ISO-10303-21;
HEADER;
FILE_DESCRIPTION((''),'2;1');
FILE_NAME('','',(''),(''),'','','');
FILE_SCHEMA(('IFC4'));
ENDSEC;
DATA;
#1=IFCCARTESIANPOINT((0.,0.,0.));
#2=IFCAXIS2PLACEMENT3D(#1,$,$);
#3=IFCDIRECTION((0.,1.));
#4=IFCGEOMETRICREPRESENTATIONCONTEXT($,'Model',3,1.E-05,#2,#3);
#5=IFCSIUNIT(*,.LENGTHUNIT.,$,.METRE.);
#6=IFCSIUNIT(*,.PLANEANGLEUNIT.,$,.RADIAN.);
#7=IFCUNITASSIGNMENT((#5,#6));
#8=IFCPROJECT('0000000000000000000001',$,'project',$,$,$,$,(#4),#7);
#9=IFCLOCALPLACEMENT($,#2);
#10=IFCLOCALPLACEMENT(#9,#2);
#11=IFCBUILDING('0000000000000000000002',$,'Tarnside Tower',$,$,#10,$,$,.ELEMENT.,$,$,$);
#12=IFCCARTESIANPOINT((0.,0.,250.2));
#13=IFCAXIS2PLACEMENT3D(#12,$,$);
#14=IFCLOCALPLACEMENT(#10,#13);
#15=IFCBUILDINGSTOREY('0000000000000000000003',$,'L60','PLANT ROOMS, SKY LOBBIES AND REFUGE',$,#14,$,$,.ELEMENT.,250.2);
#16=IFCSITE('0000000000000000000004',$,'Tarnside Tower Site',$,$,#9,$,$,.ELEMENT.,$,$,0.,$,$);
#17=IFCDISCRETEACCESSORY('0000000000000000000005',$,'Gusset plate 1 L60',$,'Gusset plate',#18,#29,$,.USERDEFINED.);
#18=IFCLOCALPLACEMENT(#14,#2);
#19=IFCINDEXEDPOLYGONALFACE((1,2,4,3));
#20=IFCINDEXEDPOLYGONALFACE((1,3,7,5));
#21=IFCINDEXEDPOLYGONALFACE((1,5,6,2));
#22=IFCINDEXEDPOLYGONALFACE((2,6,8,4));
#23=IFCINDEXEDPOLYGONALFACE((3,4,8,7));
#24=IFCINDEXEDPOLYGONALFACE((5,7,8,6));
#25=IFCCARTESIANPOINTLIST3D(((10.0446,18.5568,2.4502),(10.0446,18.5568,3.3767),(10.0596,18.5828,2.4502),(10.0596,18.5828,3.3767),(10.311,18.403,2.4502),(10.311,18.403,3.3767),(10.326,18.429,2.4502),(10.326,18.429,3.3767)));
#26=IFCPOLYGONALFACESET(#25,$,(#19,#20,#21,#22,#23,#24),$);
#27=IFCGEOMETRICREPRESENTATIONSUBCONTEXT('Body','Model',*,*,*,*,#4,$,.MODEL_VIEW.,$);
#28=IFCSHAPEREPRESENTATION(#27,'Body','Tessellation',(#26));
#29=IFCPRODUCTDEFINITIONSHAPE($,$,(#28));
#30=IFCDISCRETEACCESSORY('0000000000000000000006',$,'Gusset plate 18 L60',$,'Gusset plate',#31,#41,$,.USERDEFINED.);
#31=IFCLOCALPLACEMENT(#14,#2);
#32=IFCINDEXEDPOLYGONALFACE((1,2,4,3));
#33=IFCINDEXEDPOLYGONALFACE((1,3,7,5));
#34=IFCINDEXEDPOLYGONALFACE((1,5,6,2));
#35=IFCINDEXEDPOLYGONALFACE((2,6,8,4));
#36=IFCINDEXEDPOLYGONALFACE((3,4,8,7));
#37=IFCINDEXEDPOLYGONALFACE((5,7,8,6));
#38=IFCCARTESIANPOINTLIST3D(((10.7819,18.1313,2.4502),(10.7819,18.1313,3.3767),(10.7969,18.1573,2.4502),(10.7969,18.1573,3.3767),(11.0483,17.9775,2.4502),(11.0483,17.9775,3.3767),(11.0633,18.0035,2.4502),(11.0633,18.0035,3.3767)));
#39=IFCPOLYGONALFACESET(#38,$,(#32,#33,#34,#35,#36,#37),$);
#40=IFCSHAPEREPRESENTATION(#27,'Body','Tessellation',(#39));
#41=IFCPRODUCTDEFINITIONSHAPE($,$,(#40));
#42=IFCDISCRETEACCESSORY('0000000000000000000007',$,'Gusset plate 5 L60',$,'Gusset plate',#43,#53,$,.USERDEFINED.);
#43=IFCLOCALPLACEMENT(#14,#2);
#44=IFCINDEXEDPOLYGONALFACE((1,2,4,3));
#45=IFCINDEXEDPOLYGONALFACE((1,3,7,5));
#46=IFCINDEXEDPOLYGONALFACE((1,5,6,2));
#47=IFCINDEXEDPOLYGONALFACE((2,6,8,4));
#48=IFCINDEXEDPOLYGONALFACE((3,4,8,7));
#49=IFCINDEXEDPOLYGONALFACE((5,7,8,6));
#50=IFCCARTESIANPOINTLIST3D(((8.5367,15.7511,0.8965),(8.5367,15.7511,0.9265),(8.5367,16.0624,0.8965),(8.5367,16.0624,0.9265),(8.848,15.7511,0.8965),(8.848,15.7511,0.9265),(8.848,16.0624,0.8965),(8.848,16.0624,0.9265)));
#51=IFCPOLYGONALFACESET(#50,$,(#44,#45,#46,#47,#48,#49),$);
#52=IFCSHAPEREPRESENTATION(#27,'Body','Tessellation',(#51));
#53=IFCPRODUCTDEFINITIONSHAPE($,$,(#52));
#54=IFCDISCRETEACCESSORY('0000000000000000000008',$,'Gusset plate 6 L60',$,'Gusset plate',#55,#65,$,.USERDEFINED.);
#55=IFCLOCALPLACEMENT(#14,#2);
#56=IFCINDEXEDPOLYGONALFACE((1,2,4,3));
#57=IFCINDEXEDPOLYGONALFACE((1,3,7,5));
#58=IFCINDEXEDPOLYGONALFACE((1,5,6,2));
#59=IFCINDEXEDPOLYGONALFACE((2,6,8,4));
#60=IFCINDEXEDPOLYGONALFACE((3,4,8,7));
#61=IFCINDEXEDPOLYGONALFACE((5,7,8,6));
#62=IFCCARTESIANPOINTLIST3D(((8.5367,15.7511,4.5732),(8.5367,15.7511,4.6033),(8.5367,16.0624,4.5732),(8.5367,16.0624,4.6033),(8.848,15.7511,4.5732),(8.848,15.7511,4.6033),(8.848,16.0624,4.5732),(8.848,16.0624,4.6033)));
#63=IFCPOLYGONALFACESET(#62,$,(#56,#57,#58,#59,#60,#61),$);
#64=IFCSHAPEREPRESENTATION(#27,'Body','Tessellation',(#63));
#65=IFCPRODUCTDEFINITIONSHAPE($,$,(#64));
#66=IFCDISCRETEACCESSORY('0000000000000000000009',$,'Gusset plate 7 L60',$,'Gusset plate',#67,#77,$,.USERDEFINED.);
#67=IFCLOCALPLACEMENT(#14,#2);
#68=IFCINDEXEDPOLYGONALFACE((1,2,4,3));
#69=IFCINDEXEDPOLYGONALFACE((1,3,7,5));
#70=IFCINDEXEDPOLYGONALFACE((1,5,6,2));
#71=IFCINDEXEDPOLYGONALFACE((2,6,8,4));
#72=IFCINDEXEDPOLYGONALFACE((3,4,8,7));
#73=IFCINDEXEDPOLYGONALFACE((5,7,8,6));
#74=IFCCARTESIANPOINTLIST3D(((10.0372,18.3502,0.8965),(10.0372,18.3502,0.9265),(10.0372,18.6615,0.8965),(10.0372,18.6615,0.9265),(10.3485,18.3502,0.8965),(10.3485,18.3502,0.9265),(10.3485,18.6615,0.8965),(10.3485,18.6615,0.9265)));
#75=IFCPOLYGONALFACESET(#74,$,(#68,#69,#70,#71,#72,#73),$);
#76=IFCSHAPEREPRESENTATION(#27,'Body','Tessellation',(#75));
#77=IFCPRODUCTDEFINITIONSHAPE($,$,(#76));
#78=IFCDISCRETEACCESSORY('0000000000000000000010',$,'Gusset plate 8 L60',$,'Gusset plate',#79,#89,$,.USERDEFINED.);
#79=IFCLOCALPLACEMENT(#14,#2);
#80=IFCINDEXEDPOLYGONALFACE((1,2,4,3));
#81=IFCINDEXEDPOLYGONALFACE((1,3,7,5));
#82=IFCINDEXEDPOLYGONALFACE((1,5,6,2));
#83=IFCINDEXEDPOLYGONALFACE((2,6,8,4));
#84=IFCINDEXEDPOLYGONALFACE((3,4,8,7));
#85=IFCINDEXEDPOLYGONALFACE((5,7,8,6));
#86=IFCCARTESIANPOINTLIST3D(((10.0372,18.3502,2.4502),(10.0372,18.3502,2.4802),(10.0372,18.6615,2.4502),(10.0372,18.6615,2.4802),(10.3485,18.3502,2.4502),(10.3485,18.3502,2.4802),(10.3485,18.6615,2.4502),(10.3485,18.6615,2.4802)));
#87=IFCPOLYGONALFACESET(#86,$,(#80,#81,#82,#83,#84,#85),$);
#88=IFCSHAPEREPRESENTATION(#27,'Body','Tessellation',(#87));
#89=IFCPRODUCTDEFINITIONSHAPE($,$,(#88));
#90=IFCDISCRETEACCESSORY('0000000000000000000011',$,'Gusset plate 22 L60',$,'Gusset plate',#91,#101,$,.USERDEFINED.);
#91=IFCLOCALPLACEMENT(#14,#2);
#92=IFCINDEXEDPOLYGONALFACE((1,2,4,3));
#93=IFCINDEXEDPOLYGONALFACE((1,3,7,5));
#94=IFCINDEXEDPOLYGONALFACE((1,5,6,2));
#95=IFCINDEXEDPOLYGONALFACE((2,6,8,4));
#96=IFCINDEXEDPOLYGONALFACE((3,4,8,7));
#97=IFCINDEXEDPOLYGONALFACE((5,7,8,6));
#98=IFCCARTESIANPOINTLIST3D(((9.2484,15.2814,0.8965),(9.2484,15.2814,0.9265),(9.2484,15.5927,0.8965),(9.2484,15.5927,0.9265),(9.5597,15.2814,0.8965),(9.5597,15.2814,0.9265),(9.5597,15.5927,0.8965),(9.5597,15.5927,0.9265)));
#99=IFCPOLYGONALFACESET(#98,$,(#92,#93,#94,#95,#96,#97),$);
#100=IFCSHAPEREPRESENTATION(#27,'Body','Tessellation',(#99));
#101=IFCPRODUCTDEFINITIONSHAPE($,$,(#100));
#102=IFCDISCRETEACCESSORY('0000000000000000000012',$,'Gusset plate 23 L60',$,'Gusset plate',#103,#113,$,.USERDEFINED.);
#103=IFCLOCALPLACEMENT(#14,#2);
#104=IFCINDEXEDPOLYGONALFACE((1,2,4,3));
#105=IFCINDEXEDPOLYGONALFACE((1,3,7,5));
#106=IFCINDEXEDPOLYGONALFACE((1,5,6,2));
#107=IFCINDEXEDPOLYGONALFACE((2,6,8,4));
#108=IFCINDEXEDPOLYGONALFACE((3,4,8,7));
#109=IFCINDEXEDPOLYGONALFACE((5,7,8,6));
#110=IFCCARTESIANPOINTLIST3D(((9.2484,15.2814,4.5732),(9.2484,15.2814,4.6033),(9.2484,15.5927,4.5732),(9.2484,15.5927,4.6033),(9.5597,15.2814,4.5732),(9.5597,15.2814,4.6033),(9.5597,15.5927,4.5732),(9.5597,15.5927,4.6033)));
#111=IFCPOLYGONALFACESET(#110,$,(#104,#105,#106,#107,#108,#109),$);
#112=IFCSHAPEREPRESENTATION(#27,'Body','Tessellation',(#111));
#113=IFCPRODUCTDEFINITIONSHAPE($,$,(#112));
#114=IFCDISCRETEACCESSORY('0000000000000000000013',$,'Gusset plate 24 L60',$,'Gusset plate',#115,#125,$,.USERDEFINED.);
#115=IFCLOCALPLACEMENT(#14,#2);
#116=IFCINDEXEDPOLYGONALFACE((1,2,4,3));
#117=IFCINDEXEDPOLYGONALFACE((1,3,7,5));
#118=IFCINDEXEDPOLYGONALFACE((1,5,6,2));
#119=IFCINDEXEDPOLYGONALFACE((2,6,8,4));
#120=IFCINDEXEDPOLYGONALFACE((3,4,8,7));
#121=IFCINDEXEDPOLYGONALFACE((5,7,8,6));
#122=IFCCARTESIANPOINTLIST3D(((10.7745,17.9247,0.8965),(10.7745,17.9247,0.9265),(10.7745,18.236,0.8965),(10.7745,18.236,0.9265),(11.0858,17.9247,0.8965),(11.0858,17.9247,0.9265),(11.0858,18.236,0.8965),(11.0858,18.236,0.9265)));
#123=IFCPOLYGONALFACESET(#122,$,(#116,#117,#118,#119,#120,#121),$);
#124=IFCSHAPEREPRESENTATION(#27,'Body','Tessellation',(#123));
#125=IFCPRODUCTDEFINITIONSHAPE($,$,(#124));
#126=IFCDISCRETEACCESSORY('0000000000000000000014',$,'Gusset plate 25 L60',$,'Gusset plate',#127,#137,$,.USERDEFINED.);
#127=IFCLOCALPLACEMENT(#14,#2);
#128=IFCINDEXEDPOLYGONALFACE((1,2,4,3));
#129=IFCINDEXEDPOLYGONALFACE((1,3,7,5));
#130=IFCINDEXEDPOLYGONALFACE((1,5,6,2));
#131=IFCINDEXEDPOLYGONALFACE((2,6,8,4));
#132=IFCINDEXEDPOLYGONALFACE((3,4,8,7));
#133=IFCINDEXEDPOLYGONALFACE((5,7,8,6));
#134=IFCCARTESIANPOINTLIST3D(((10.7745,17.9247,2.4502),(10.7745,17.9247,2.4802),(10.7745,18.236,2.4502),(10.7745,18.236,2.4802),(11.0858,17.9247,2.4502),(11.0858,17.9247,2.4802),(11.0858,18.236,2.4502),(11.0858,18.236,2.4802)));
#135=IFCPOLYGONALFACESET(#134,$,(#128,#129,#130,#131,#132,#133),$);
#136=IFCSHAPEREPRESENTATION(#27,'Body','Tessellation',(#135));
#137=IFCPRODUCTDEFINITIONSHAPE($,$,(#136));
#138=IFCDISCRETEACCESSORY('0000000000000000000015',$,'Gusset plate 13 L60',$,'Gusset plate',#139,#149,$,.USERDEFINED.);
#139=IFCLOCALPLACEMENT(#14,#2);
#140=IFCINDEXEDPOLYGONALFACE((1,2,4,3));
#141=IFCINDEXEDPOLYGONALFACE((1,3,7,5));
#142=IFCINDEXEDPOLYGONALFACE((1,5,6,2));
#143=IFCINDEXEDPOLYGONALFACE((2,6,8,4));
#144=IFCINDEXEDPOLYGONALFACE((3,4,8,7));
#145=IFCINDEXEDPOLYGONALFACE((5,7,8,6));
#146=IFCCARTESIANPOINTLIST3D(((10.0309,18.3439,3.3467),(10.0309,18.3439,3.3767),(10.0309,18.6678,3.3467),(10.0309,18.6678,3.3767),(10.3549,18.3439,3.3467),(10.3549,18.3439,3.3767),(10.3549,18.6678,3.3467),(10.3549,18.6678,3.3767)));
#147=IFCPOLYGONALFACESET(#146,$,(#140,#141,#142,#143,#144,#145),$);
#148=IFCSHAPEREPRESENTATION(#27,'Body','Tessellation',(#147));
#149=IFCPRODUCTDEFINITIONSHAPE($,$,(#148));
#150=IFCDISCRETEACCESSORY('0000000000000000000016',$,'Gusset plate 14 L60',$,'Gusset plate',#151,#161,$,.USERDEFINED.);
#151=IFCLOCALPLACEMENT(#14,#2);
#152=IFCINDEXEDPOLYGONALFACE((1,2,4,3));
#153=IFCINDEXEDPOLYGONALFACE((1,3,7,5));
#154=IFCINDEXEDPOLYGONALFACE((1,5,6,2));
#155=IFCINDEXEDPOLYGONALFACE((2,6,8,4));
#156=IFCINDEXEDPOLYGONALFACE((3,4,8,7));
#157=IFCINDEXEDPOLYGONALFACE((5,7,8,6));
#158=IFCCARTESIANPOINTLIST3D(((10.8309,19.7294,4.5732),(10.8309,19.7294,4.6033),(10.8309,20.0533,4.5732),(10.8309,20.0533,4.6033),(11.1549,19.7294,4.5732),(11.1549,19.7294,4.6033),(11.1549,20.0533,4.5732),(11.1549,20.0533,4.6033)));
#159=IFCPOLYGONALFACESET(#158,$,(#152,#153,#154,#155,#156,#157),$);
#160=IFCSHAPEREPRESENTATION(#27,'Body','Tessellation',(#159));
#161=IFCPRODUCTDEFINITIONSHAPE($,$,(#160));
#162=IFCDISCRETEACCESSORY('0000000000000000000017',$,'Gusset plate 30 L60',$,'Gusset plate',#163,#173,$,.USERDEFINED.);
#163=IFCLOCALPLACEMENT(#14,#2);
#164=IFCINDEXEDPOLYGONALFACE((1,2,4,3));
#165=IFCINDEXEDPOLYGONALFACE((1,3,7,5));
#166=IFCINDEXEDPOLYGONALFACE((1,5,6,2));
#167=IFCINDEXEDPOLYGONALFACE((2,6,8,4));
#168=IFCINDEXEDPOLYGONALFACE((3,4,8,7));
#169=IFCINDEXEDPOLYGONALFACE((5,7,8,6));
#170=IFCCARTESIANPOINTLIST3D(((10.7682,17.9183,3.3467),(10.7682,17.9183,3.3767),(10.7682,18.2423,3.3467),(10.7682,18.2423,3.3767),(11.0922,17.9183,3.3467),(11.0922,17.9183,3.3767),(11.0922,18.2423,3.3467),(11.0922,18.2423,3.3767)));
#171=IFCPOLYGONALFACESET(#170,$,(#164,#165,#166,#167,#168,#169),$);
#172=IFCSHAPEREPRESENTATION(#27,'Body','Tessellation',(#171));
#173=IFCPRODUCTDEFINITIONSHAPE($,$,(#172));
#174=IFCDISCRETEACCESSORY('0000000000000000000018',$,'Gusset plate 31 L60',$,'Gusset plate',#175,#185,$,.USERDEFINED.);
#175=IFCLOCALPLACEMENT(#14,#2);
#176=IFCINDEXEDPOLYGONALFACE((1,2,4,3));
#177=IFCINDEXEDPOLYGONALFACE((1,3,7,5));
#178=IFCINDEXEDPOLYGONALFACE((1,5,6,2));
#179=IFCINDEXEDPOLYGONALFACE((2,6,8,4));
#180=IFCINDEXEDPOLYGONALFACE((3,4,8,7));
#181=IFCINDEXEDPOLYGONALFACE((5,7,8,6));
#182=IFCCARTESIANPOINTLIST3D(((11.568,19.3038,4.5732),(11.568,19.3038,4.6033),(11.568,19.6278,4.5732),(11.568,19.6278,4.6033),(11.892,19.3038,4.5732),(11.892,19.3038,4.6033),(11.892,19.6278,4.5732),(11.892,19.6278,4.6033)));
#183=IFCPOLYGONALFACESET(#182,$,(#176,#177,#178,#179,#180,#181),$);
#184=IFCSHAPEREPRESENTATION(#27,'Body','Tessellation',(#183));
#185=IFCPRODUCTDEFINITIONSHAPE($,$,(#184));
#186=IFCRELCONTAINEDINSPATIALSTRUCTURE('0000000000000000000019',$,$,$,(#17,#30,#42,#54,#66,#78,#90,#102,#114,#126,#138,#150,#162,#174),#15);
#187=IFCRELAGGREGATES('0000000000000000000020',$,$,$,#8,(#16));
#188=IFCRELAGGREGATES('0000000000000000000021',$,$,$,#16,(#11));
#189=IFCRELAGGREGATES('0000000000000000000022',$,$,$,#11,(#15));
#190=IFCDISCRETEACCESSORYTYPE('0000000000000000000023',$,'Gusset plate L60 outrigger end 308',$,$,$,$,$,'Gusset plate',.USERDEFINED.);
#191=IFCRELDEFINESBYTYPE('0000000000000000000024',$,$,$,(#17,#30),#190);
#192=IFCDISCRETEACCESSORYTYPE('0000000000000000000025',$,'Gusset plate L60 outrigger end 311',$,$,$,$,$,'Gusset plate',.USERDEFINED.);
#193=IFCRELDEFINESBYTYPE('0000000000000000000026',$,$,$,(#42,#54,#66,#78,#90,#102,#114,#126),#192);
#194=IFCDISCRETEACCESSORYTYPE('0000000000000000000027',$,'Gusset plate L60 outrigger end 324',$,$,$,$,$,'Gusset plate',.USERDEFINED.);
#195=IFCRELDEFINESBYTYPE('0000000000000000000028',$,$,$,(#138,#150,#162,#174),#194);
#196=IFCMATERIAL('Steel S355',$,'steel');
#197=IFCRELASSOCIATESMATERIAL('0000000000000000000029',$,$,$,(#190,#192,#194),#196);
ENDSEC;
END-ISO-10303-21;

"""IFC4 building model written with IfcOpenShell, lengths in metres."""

from ifc_helpers import new_model, si_unit, direction, frame, origin, origin_2d, place, context, subcontext, project, spatial, rectangle, extrude, material, type_object, element, save


model = new_model("IFC4")

# Units and contexts
model_context = context("Model", 3, precision=1e-05, world=origin(), true_north=direction((0.0, 1.0)))
body_context = subcontext(model_context, "Body", "Model", "MODEL_VIEW")
ifc_project = project(units=[si_unit("LENGTHUNIT", "METRE"), si_unit("PLANEANGLEUNIT", "RADIAN")], contexts=[model_context])

# Site, building, storey
site_placement = place(None, origin())
site = spatial("IfcSite", under=ifc_project, at=site_placement, Name="Tarnside Tower Site", CompositionType="ELEMENT", RefElevation=0.0)
building_placement = place(site_placement, origin())
building = spatial("IfcBuilding", under=site, at=building_placement, Name="Tarnside Tower", CompositionType="ELEMENT")
storey_placement = place(building_placement, frame((0.0, 0.0, 250.2)))
storey = spatial("IfcBuildingStorey", under=building, at=storey_placement, Name="L60", Description="PLANT ROOMS, SKY LOBBIES AND REFUGE", CompositionType="ELEMENT", Elevation=250.2)

# Shared definitions
ifc_material_1 = material(Name="Steel S355", Category="steel")

# Discrete accessories
discrete_accessory_type_1 = type_object("IfcDiscreteAccessoryType", Name="Gusset plate L60 outrigger end 308", ElementType="Gusset plate", PredefinedType="USERDEFINED", material=ifc_material_1)
for number, where, z_axis, x_axis, name in (
    (1, (10.1853, 18.4929, 2.4502), (0.0, 0.0, 1.0), (-0.500002, -0.866025, 0.0), "Gusset plate 1 L60"),
    (2, (10.9226, 18.0674, 2.4502), (0.0, 0.0, 1.0), (-0.500002, -0.866025, 0.0), "Gusset plate 18 L60"),
):
    element("IfcDiscreteAccessory", number, at=place(storey_placement, frame(where, z_axis=z_axis, x_axis=x_axis)), inside=storey, type_object=discrete_accessory_type_1, Name=name, ObjectType="Gusset plate", PredefinedType="USERDEFINED", context=body_context, shape_type="SweptSolid", body=[
        extrude(rectangle(XDim=0.03, YDim=0.3076, at=origin_2d()), origin(), (0.0, 0.0, 1.0), 0.9265),
    ])
discrete_accessory_type_2 = type_object("IfcDiscreteAccessoryType", Name="Gusset plate L60 outrigger end 311", ElementType="Gusset plate", PredefinedType="USERDEFINED", material=ifc_material_1)
for number, where, z_axis, x_axis, name in (
    (3, (8.6924, 15.9067, 0.8965), (0.0, 0.0, 1.0), (1.0, 0.0, 0.0), "Gusset plate 5 L60"),
    (4, (8.6924, 15.9067, 4.5732), (0.0, 0.0, 1.0), (1.0, 0.0, 0.0), "Gusset plate 6 L60"),
    (5, (10.1929, 18.5059, 0.8965), (0.0, 0.0, 1.0), (1.0, 0.0, 0.0), "Gusset plate 7 L60"),
    (6, (10.1929, 18.5059, 2.4502), (0.0, 0.0, 1.0), (1.0, 0.0, 0.0), "Gusset plate 8 L60"),
    (7, (9.4041, 15.437, 0.8965), (0.0, 0.0, 1.0), (1.0, 0.0, 0.0), "Gusset plate 22 L60"),
    (8, (9.4041, 15.437, 4.5732), (0.0, 0.0, 1.0), (1.0, 0.0, 0.0), "Gusset plate 23 L60"),
    (9, (10.9302, 18.0803, 0.8965), (0.0, 0.0, 1.0), (1.0, 0.0, 0.0), "Gusset plate 24 L60"),
    (10, (10.9302, 18.0803, 2.4502), (0.0, 0.0, 1.0), (1.0, 0.0, 0.0), "Gusset plate 25 L60"),
):
    element("IfcDiscreteAccessory", number, at=place(storey_placement, frame(where, z_axis=z_axis, x_axis=x_axis)), inside=storey, type_object=discrete_accessory_type_2, Name=name, ObjectType="Gusset plate", PredefinedType="USERDEFINED", context=body_context, shape_type="SweptSolid", body=[
        extrude(rectangle(XDim=0.3113, YDim=0.3113, at=origin_2d()), origin(), (0.0, 0.0, 1.0), 0.03),
    ])
discrete_accessory_type_3 = type_object("IfcDiscreteAccessoryType", Name="Gusset plate L60 outrigger end 324", ElementType="Gusset plate", PredefinedType="USERDEFINED", material=ifc_material_1)
for number, where, z_axis, x_axis, name in (
    (11, (10.1929, 18.5059, 3.3467), (0.0, 0.0, 1.0), (1.0, 0.0, 0.0), "Gusset plate 13 L60"),
    (12, (10.9929, 19.8914, 4.5732), (0.0, 0.0, 1.0), (1.0, 0.0, 0.0), "Gusset plate 14 L60"),
    (13, (10.9302, 18.0803, 3.3467), (0.0, 0.0, 1.0), (1.0, 0.0, 0.0), "Gusset plate 30 L60"),
    (14, (11.73, 19.4658, 4.5732), (0.0, 0.0, 1.0), (1.0, 0.0, 0.0), "Gusset plate 31 L60"),
):
    element("IfcDiscreteAccessory", number, at=place(storey_placement, frame(where, z_axis=z_axis, x_axis=x_axis)), inside=storey, type_object=discrete_accessory_type_3, Name=name, ObjectType="Gusset plate", PredefinedType="USERDEFINED", context=body_context, shape_type="SweptSolid", body=[
        extrude(rectangle(XDim=0.324, YDim=0.324, at=origin_2d()), origin(), (0.0, 0.0, 1.0), 0.03),
    ])

save(model, "model.ifc")
